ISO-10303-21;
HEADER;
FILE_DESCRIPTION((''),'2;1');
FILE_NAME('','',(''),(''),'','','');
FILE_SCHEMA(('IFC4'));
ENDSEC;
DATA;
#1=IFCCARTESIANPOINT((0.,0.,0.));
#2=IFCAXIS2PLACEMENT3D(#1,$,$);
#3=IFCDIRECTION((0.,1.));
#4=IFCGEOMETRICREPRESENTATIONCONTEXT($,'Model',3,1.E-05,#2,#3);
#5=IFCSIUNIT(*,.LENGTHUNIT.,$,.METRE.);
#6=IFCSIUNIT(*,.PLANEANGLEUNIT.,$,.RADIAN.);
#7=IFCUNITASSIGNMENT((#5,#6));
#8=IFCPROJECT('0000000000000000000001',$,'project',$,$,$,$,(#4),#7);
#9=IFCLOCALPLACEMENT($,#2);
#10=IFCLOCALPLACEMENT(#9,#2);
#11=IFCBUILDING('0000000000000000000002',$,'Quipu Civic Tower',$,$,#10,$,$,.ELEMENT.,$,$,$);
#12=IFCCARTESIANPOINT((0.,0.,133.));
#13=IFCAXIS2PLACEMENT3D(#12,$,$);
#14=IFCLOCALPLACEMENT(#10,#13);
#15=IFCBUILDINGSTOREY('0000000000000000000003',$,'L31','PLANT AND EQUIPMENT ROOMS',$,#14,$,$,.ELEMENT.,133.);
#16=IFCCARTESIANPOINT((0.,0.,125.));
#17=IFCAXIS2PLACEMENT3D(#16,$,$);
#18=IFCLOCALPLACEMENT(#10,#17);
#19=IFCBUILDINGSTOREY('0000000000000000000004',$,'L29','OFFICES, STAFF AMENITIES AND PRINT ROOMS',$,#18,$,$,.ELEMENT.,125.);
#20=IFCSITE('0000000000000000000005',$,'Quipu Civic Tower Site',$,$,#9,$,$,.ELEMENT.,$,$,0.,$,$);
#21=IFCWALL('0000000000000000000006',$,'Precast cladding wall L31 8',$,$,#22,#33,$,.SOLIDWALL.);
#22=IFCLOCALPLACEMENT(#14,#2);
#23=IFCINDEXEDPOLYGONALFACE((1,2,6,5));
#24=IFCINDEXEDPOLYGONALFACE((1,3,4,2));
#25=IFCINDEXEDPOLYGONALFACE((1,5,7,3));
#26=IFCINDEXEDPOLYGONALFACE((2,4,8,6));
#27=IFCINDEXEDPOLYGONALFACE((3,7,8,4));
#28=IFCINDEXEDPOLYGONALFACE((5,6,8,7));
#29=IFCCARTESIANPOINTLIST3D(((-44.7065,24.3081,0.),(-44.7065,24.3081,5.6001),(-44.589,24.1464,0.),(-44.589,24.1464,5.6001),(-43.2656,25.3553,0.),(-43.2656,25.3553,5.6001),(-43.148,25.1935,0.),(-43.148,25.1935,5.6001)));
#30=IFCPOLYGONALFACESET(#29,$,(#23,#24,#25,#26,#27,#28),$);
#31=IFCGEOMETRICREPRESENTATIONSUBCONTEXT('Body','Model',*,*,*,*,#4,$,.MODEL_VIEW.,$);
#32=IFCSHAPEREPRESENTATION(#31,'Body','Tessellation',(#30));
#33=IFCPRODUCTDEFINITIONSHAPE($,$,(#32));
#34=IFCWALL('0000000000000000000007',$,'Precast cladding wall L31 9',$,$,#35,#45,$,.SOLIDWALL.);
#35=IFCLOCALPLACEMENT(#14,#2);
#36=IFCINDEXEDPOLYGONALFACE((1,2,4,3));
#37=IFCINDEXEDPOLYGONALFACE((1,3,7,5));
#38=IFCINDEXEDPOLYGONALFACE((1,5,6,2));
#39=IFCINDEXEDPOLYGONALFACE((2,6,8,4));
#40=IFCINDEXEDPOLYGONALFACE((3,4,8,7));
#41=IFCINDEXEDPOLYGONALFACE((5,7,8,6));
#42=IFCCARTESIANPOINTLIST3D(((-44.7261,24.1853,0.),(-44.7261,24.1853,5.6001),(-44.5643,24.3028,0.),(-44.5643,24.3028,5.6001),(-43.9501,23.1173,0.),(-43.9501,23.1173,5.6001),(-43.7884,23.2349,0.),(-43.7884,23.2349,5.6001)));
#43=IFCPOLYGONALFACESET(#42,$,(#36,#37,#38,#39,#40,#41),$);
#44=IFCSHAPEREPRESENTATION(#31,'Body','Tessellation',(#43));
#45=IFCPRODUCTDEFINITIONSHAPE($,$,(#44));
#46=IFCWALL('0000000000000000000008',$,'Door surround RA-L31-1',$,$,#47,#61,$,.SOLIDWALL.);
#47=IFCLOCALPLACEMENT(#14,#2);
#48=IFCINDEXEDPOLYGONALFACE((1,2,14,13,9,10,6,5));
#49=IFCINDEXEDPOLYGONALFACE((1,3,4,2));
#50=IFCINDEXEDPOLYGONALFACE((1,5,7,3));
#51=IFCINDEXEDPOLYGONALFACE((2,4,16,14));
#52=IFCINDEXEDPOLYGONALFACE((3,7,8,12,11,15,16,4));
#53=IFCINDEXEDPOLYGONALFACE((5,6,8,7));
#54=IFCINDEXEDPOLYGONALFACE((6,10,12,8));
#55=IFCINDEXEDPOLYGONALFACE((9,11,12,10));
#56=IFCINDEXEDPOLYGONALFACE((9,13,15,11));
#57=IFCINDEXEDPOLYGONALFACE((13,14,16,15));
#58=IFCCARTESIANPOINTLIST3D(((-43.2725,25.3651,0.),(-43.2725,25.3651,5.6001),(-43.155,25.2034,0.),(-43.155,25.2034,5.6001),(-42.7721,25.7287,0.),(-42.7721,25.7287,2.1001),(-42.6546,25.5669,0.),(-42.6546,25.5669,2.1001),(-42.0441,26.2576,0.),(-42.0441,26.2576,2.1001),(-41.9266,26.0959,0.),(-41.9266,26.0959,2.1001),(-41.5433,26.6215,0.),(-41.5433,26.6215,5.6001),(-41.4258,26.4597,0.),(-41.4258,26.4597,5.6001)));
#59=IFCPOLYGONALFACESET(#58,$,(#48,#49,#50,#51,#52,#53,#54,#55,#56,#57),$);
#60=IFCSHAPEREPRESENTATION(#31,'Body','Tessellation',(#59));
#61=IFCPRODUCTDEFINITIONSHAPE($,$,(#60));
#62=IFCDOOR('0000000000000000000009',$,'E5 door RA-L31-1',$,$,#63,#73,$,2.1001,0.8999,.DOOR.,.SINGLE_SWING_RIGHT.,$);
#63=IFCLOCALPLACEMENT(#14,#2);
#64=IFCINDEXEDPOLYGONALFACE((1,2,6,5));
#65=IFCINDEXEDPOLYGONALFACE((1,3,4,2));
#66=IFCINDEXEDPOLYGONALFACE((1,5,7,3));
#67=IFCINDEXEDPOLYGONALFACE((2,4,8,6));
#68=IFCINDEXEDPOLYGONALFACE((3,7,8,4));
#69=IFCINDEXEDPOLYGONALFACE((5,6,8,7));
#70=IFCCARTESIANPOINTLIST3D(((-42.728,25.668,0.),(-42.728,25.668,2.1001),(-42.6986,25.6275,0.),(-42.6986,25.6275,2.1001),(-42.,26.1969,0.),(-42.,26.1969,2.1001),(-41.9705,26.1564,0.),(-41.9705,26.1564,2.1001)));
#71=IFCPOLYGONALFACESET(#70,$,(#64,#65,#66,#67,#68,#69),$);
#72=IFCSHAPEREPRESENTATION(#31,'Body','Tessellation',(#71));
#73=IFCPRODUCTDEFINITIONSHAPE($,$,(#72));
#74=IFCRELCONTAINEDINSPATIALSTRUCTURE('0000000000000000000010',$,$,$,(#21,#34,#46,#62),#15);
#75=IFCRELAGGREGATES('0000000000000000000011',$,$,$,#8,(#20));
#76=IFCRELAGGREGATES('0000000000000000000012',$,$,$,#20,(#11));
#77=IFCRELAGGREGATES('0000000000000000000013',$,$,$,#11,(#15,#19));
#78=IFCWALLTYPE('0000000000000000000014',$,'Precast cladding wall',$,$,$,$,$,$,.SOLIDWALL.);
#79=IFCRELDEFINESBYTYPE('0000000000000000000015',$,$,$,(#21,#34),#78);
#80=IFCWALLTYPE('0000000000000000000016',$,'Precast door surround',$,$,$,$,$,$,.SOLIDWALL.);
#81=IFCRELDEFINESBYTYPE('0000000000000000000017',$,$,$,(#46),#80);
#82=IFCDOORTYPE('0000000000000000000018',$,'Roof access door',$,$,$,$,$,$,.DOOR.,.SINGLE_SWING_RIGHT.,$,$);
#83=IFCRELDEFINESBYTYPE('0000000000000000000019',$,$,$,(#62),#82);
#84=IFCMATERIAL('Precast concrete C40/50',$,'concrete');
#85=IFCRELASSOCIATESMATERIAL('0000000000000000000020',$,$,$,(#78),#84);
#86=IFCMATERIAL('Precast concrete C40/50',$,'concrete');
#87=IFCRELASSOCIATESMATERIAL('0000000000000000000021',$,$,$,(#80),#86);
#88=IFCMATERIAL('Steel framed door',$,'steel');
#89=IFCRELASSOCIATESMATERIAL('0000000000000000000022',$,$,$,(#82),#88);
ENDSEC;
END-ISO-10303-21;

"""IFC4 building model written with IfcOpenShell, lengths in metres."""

from ifc_helpers import new_model, si_unit, direction, frame, frame_2d, origin, place, context, subcontext, project, spatial, rectangle, extrude, material, type_object, element, fill, save


model = new_model("IFC4")

# Units and contexts
model_context = context("Model", 3, precision=1e-05, world=origin(), true_north=direction((0.0, 1.0)))
body_context = subcontext(model_context, "Body", "Model", "MODEL_VIEW")
ifc_project = project(units=[si_unit("LENGTHUNIT", "METRE"), si_unit("PLANEANGLEUNIT", "RADIAN")], contexts=[model_context])

# Site, building, storey
site_placement = place(None, origin())
site = spatial("IfcSite", under=ifc_project, at=site_placement, Name="Quipu Civic Tower Site", CompositionType="ELEMENT", RefElevation=0.0)
building_placement = place(site_placement, origin())
building = spatial("IfcBuilding", under=site, at=building_placement, Name="Quipu Civic Tower", CompositionType="ELEMENT")
storey_1_placement = place(building_placement, frame((0.0, 0.0, 133.0)))
storey_1 = spatial("IfcBuildingStorey", under=building, at=storey_1_placement, Name="L31", Description="PLANT AND EQUIPMENT ROOMS", CompositionType="ELEMENT", Elevation=133.0)

# Shared definitions
storey_2_placement = place(building_placement, frame((0.0, 0.0, 125.0)))
storey_2 = spatial("IfcBuildingStorey", under=building, at=storey_2_placement, Name="L29", Description="OFFICES, STAFF AMENITIES AND PRINT ROOMS", CompositionType="ELEMENT", Elevation=125.0)

# Walls
ifc_material_1 = material(Name="Precast concrete C40/50", Category="concrete")
wall_type_1 = type_object("IfcWallType", Name="Precast cladding wall", PredefinedType="SOLIDWALL", material=ifc_material_1)
wall_1_placement = place(storey_1_placement, frame((-43.2068, 25.2744, 0.0), z_axis=(0.0, 0.0, 1.0), x_axis=(-0.808955, -0.58787, 0.0)))
element("IfcWall", 1, at=wall_1_placement, inside=storey_1, type_object=wall_type_1, Name="Precast cladding wall L31 8", PredefinedType="SOLIDWALL", context=body_context, shape_type="SweptSolid", body=[
    extrude(rectangle(XDim=1.7812, YDim=0.2, at=frame_2d((0.8906, 0.0))), origin(), (0.0, 0.0, 1.0), 5.6001),
])
wall_2_placement = place(storey_1_placement, frame((-44.6453, 24.2441, 0.0), z_axis=(0.0, 0.0, 1.0), x_axis=(0.587798, -0.809008, 0.0)))
element("IfcWall", 2, at=wall_2_placement, inside=storey_1, type_object=wall_type_1, Name="Precast cladding wall L31 9", PredefinedType="SOLIDWALL", context=body_context, shape_type="SweptSolid", body=[
    extrude(rectangle(XDim=1.3201, YDim=0.2, at=frame_2d((0.6602, 0.0))), origin(), (0.0, 0.0, 1.0), 5.6001),
])

# Wall, opening, door
ifc_material_2 = material(Name="Precast concrete C40/50", Category="concrete")
wall_type_2 = type_object("IfcWallType", Name="Precast door surround", PredefinedType="SOLIDWALL", material=ifc_material_2)
wall_3_placement = place(storey_1_placement, frame((-43.2139, 25.2842, 0.0), z_axis=(0.0, 0.0, 1.0), x_axis=(0.809022, 0.587778, 0.0)))
wall_3 = element("IfcWall", 3, at=wall_3_placement, inside=storey_1, type_object=wall_type_2, Name="Door surround RA-L31-1", PredefinedType="SOLIDWALL", context=body_context, shape_type="SweptSolid", body=[
    extrude(rectangle(XDim=2.1375, YDim=0.2, at=frame_2d((1.0688, 0.0))), origin(), (0.0, 0.0, 1.0), 5.6001),
])
opening_placement = place(wall_3_placement, frame((0.6187, 0.0, 0.0)))
opening = element("IfcOpeningElement", 4, at=opening_placement, cuts=wall_3, PredefinedType="OPENING", context=body_context, shape_type="SweptSolid", body=[
    extrude(rectangle(XDim=0.8999, YDim=2.1001, at=frame_2d((0.45, 1.05))), frame((0.0, 0.1099, 0.0), z_axis=(0.0, -1.0, 0.0), x_axis=(1.0, 0.0, 0.0)), (0.0, 0.0, 1.0), 0.22),
])
ifc_material_3 = material(Name="Steel framed door", Category="steel")
door_type = type_object("IfcDoorType", Name="Roof access door", OperationType="SINGLE_SWING_RIGHT", PredefinedType="DOOR", material=ifc_material_3)
door_placement = place(opening_placement, origin())
door = element("IfcDoor", 5, at=door_placement, inside=storey_1, type_object=door_type, Name="E5 door RA-L31-1", OperationType="SINGLE_SWING_RIGHT", OverallHeight=2.1001, OverallWidth=0.8999, PredefinedType="DOOR", context=body_context, shape_type="SweptSolid", body=[
    extrude(rectangle(XDim=0.8999, YDim=2.1001, at=frame_2d((0.45, 1.05))), frame((0.0, 0.0249, 0.0), z_axis=(0.0, -1.0, 0.0), x_axis=(1.0, 0.0, 0.0)), (0.0, 0.0, 1.0), 0.05),
])
fill(opening, door)

save(model, "model.ifc")
